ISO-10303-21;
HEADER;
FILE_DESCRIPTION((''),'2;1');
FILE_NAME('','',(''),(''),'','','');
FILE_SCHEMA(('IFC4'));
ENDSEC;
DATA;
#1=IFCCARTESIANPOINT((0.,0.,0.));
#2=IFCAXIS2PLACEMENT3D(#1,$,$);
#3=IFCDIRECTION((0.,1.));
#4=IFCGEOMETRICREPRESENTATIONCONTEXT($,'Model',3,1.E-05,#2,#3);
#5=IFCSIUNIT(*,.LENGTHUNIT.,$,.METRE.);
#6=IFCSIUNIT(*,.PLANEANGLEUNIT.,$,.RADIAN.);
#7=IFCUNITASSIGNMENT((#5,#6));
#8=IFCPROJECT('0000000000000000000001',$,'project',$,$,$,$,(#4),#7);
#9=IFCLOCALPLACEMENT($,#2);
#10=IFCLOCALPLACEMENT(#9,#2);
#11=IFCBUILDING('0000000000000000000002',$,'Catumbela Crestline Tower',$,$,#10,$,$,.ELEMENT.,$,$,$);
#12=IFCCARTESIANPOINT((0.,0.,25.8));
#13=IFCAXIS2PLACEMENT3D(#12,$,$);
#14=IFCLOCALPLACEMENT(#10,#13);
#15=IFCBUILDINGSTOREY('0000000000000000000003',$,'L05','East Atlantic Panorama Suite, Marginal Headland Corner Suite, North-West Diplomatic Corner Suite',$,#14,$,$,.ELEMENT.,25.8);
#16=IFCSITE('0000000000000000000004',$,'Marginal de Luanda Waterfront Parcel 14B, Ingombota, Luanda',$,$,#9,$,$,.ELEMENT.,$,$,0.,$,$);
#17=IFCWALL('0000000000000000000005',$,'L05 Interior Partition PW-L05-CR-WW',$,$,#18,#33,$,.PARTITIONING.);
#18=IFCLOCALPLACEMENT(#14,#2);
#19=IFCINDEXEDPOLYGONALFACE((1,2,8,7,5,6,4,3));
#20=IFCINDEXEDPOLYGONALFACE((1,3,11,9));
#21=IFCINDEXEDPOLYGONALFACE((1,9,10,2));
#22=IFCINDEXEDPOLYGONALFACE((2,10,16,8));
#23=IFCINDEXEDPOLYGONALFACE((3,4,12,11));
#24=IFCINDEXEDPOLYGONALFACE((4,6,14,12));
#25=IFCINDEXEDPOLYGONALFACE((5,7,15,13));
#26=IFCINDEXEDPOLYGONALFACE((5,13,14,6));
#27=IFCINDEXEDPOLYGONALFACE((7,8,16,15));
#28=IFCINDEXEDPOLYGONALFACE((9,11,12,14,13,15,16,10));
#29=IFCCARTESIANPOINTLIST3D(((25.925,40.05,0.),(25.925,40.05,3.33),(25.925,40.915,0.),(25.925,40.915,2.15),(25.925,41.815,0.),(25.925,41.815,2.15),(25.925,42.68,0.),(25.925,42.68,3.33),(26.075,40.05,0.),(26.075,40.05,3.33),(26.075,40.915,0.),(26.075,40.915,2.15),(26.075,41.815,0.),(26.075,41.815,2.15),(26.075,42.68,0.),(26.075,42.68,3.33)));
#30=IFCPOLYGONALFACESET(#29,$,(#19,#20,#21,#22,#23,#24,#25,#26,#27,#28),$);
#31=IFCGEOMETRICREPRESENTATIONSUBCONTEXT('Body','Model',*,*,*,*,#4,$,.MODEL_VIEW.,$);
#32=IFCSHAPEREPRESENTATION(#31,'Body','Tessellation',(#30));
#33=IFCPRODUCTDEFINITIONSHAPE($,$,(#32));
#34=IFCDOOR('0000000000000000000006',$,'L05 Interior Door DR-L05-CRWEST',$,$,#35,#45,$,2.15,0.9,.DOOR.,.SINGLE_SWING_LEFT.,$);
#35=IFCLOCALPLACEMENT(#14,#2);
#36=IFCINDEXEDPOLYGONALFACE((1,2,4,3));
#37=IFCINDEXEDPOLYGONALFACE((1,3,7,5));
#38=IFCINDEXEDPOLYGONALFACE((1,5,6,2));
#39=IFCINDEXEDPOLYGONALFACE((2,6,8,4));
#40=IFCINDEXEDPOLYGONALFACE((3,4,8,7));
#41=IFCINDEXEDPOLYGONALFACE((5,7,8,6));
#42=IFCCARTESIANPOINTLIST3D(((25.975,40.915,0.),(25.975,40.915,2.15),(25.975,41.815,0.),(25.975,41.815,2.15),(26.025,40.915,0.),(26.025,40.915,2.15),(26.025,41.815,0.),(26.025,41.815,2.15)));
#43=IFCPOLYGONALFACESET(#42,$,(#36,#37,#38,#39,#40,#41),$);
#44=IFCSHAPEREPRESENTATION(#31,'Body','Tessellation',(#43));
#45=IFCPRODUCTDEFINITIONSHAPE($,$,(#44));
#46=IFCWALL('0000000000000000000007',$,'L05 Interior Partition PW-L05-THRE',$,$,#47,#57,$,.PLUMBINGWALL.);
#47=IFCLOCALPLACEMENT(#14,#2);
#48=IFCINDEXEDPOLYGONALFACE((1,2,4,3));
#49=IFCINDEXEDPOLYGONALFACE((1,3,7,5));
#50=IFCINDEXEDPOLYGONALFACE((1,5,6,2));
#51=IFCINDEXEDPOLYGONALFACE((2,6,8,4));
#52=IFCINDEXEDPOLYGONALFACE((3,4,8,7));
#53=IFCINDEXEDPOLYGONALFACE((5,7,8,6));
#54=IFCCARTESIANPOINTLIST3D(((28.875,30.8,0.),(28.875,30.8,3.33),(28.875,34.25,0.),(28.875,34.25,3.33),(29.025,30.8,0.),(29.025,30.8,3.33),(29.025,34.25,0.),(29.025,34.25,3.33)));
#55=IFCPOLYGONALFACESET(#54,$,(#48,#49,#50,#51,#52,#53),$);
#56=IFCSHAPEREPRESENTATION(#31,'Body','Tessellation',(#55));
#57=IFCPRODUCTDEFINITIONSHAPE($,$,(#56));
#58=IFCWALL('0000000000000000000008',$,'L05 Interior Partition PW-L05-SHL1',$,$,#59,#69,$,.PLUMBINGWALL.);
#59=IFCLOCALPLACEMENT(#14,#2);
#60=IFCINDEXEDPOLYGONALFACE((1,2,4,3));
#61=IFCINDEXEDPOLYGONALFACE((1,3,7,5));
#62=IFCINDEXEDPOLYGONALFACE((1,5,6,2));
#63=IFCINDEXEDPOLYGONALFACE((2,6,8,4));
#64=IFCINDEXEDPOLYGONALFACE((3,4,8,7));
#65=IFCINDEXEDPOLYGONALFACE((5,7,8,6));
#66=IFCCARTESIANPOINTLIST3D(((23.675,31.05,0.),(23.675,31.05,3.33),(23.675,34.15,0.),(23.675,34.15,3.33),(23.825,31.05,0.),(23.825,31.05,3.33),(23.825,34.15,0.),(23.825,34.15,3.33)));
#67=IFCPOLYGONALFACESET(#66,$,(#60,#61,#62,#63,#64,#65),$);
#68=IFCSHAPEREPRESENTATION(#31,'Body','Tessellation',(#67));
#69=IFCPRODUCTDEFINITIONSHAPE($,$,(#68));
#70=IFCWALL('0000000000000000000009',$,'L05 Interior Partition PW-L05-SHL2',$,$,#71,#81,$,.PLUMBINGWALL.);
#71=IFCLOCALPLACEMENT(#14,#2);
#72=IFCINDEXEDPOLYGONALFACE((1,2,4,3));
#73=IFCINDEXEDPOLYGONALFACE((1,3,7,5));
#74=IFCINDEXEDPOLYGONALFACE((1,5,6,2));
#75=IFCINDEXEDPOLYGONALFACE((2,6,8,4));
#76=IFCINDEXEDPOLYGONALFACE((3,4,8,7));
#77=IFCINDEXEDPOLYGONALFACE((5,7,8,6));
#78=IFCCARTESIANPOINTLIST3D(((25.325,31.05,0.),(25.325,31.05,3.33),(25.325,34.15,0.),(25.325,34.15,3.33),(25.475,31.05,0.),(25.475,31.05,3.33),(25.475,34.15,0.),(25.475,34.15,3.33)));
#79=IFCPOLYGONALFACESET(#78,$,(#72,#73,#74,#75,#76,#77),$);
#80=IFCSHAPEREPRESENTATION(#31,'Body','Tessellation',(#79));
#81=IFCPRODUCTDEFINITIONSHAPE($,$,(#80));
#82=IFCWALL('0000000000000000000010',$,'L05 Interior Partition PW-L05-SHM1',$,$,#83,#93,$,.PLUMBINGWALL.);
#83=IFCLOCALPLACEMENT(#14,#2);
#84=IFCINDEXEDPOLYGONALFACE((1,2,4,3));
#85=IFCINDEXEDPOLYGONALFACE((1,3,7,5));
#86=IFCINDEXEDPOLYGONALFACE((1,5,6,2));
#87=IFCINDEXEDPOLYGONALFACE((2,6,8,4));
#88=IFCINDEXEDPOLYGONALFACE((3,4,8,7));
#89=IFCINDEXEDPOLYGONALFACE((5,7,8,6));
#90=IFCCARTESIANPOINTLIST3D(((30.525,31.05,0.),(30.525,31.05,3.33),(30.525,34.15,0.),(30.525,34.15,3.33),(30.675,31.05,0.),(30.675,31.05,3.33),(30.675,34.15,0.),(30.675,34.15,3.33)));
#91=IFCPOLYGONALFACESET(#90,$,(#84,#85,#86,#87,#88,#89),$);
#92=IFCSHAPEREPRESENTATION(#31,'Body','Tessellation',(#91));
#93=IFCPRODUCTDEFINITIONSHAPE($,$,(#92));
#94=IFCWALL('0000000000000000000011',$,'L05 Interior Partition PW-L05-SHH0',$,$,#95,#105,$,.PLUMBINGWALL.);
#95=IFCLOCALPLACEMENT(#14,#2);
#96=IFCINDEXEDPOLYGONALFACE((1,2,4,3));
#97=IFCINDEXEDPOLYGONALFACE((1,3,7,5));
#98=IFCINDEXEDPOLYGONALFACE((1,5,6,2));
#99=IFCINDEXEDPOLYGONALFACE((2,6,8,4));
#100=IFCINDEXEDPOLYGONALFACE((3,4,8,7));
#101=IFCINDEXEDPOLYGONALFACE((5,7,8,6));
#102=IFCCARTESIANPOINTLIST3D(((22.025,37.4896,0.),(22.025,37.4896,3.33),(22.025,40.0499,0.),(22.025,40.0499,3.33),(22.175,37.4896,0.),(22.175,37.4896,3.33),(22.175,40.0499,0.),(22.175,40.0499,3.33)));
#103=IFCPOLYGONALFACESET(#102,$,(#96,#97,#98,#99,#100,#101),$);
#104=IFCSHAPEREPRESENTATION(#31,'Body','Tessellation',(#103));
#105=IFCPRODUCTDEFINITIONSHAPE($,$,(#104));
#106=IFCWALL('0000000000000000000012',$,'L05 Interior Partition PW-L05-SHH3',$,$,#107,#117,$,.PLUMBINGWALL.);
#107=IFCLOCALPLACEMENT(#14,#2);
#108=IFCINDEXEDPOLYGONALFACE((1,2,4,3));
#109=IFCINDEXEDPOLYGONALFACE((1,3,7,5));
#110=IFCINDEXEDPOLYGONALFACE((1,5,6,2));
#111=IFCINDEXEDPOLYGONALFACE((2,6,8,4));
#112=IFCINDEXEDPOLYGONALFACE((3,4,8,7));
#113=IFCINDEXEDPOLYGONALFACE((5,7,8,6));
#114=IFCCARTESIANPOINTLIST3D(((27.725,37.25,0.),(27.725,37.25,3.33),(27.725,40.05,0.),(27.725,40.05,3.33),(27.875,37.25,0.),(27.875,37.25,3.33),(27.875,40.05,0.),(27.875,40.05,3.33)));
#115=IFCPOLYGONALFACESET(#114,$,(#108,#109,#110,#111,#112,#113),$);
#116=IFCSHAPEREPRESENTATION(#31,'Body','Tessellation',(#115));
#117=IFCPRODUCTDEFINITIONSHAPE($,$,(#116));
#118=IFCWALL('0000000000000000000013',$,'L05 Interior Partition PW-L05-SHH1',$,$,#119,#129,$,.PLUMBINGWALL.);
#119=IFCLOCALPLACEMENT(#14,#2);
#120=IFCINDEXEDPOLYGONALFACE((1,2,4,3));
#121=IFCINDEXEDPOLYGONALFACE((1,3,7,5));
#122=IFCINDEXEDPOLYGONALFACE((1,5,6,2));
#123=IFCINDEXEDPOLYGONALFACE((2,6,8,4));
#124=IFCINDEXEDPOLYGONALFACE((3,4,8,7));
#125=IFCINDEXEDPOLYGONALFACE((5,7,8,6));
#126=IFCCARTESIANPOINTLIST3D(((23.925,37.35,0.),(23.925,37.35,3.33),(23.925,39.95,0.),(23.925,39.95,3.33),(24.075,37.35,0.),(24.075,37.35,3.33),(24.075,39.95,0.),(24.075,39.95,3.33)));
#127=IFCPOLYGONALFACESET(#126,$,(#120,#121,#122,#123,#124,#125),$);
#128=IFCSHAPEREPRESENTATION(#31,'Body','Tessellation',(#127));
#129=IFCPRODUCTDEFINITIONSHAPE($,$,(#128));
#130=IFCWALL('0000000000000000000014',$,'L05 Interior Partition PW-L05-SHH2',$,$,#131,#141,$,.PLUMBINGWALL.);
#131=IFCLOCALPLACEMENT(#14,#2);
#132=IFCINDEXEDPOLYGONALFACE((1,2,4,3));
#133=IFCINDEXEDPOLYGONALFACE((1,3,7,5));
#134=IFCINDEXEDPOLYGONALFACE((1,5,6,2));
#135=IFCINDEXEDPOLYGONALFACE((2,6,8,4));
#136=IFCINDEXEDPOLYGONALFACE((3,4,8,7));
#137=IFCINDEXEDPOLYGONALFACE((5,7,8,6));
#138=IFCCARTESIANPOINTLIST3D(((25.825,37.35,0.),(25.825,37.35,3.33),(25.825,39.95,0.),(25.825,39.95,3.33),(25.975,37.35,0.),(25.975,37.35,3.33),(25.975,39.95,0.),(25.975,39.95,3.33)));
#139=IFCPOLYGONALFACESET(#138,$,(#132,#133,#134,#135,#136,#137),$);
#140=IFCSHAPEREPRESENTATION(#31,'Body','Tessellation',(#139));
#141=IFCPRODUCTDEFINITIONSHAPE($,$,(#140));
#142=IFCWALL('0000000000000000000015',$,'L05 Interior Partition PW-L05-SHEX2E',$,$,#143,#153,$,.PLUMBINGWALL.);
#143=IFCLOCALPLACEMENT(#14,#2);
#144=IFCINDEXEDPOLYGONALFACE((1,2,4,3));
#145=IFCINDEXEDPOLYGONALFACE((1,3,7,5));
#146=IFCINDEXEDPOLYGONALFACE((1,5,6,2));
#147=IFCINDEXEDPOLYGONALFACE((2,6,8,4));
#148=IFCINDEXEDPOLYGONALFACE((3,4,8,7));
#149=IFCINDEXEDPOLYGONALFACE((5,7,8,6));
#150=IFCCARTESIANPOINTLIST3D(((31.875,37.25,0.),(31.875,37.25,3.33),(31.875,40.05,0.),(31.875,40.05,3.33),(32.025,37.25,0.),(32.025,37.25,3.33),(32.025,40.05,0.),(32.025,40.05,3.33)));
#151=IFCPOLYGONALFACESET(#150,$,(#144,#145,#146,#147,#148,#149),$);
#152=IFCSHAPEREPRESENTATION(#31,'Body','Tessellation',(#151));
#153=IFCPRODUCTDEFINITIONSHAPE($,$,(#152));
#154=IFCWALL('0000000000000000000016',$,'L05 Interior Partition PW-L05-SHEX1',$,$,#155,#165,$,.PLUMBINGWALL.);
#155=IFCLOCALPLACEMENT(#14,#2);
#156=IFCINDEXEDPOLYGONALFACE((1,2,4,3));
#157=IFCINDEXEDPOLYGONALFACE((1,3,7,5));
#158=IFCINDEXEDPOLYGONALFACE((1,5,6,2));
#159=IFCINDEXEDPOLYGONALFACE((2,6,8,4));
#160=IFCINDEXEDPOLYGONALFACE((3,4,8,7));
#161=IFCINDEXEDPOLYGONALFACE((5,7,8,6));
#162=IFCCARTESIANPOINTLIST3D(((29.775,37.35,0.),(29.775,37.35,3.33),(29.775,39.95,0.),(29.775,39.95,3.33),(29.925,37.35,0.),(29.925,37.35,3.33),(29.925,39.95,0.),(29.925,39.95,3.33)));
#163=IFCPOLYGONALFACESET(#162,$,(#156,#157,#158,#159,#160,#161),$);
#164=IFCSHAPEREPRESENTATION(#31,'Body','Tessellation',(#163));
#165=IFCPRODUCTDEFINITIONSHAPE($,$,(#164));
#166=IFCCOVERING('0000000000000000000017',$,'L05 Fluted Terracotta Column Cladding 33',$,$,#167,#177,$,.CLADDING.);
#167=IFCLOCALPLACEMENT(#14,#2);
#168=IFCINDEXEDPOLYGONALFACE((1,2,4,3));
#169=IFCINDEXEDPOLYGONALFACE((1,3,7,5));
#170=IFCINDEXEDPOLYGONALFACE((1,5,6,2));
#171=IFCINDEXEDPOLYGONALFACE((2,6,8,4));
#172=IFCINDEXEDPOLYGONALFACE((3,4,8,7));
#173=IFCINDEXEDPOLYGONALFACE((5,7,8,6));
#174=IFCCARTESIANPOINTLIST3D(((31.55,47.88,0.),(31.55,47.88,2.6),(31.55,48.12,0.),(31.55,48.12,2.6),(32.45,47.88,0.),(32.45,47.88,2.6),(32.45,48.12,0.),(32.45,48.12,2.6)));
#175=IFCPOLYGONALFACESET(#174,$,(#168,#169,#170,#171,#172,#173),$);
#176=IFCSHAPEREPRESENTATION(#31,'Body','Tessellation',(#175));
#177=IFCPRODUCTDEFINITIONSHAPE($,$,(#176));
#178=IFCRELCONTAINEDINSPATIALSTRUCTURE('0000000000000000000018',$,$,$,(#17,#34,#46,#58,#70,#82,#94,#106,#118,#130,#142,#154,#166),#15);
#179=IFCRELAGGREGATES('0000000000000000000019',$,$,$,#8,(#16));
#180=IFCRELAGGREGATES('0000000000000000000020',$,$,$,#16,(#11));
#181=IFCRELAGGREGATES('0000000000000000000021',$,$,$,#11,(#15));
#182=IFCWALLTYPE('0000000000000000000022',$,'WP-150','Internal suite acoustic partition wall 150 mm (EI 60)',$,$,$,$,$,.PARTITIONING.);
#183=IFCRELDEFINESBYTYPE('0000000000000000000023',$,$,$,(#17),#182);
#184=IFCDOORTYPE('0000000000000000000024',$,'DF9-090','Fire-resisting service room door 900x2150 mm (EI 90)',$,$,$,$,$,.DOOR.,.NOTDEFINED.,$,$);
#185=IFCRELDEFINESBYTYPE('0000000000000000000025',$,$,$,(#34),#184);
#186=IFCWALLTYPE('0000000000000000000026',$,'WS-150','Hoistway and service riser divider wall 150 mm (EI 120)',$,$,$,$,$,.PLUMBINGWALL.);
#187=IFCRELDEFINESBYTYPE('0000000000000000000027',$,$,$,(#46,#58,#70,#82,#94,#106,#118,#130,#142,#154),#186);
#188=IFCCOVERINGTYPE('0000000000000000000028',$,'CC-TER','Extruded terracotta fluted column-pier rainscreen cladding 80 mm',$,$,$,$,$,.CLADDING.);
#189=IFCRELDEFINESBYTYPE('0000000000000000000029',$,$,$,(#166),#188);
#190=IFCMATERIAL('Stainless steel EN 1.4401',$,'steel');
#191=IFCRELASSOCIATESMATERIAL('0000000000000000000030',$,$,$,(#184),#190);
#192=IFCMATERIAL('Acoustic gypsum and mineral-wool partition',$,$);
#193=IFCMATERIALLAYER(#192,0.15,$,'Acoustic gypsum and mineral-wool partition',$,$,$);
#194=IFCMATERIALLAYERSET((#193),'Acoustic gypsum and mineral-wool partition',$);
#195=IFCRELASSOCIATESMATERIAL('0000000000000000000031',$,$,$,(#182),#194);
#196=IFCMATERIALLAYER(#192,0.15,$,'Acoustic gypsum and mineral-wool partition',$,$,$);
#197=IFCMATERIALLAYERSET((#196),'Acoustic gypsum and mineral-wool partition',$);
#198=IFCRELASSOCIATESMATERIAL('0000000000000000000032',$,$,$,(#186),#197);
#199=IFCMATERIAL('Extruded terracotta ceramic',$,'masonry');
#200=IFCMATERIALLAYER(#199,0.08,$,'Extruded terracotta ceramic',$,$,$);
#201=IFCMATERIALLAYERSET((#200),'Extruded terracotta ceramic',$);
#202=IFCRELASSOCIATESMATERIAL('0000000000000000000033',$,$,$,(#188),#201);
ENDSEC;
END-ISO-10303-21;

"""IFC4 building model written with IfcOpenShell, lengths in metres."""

from ifc_helpers import new_model, si_unit, direction, frame, frame_2d, origin, origin_2d, place, context, subcontext, project, spatial, rectangle, extrude, material, layer, layer_set, type_object, element, fill, save


model = new_model("IFC4")

# Units and contexts
model_context = context("Model", 3, precision=1e-05, world=origin(), true_north=direction((0.0, 1.0)))
body_context = subcontext(model_context, "Body", "Model", "MODEL_VIEW")
ifc_project = project(units=[si_unit("LENGTHUNIT", "METRE"), si_unit("PLANEANGLEUNIT", "RADIAN")], contexts=[model_context])

# Site, building, storey
site_placement = place(None, origin())
site = spatial("IfcSite", under=ifc_project, at=site_placement, Name="Marginal de Luanda Waterfront Parcel 14B, Ingombota, Luanda", CompositionType="ELEMENT", RefElevation=0.0)
building_placement = place(site_placement, origin())
building = spatial("IfcBuilding", under=site, at=building_placement, Name="Catumbela Crestline Tower", CompositionType="ELEMENT")
storey_placement = place(building_placement, frame((0.0, 0.0, 25.8)))
storey = spatial("IfcBuildingStorey", under=building, at=storey_placement, Name="L05", Description="East Atlantic Panorama Suite, Marginal Headland Corner Suite, North-West Diplomatic Corner Suite", CompositionType="ELEMENT", Elevation=25.8)

# Shared definitions
ifc_material_1 = material(Name="Stainless steel EN 1.4401", Category="steel")

# Shared definitions
door_type_1 = type_object("IfcDoorType", Name="DF9-090", Description="Fire-resisting service room door 900x2150 mm (EI 90)", OperationType="NOTDEFINED", PredefinedType="DOOR", material=ifc_material_1)

# Wall, opening, door
ifc_material_2 = material(Name="Acoustic gypsum and mineral-wool partition")
ifc_layer_1 = layer(ifc_material_2, 0.15, Name="Acoustic gypsum and mineral-wool partition")
ifc_layer_set_1 = layer_set([ifc_layer_1], Name="Acoustic gypsum and mineral-wool partition")
wall_type_1 = type_object("IfcWallType", Name="WP-150", Description="Internal suite acoustic partition wall 150 mm (EI 60)", PredefinedType="PARTITIONING", material=ifc_layer_set_1)
wall_1_placement = place(storey_placement, frame((26.0, 40.05, 0.0), z_axis=(0.0, 0.0, 1.0), x_axis=(0.0, 1.0, 0.0)))
wall_1 = element("IfcWall", 1, at=wall_1_placement, inside=storey, type_object=wall_type_1, Name="L05 Interior Partition PW-L05-CR-WW", PredefinedType="PARTITIONING", context=body_context, shape_type="SweptSolid", body=[
    extrude(rectangle(XDim=2.63, YDim=0.15, at=frame_2d((1.315, 0.0))), origin(), (0.0, 0.0, 1.0), 3.33),
])
opening_1_placement = place(wall_1_placement, frame((0.865, 0.0, 0.0)))
opening_1 = element("IfcOpeningElement", 2, at=opening_1_placement, cuts=wall_1, PredefinedType="OPENING", context=body_context, shape_type="SweptSolid", body=[
    extrude(rectangle(XDim=0.9, YDim=2.15, at=frame_2d((0.45, 1.075))), frame((0.0, 0.085, 0.0), z_axis=(0.0, -1.0, 0.0), x_axis=(1.0, 0.0, 0.0)), (0.0, 0.0, 1.0), 0.17),
])
door_1_placement = place(opening_1_placement, origin())
door_1 = element("IfcDoor", 3, at=door_1_placement, inside=storey, type_object=door_type_1, Name="L05 Interior Door DR-L05-CRWEST", OperationType="SINGLE_SWING_LEFT", OverallHeight=2.15, OverallWidth=0.9, PredefinedType="DOOR", context=body_context, shape_type="SweptSolid", body=[
    extrude(rectangle(XDim=0.9, YDim=2.15, at=frame_2d((0.45, 1.075))), frame((0.0, 0.025, 0.0), z_axis=(0.0, -1.0, 0.0), x_axis=(1.0, 0.0, 0.0)), (0.0, 0.0, 1.0), 0.05),
])
fill(opening_1, door_1)

# Walls
ifc_layer_2 = layer(ifc_material_2, 0.15, Name="Acoustic gypsum and mineral-wool partition")
ifc_layer_set_2 = layer_set([ifc_layer_2], Name="Acoustic gypsum and mineral-wool partition")
wall_type_2 = type_object("IfcWallType", Name="WS-150", Description="Hoistway and service riser divider wall 150 mm (EI 120)", PredefinedType="PLUMBINGWALL", material=ifc_layer_set_2)
wall_2_placement = place(storey_placement, frame((28.95, 30.8, 0.0), z_axis=(0.0, 0.0, 1.0), x_axis=(0.0, 1.0, 0.0)))
element("IfcWall", 4, at=wall_2_placement, inside=storey, type_object=wall_type_2, Name="L05 Interior Partition PW-L05-THRE", PredefinedType="PLUMBINGWALL", context=body_context, shape_type="SweptSolid", body=[
    extrude(rectangle(XDim=3.45, YDim=0.15, at=frame_2d((1.725, 0.0))), origin(), (0.0, 0.0, 1.0), 3.33),
])
for number, where, z_axis, x_axis, name in (
    (5, (23.75, 31.05, 0.0), (0.0, 0.0, 1.0), (0.0, 1.0, 0.0), "L05 Interior Partition PW-L05-SHL1"),
    (6, (25.4, 31.05, 0.0), (0.0, 0.0, 1.0), (0.0, 1.0, 0.0), "L05 Interior Partition PW-L05-SHL2"),
    (7, (30.6, 31.05, 0.0), (0.0, 0.0, 1.0), (0.0, 1.0, 0.0), "L05 Interior Partition PW-L05-SHM1"),
):
    element("IfcWall", number, at=place(storey_placement, frame(where, z_axis=z_axis, x_axis=x_axis)), inside=storey, type_object=wall_type_2, Name=name, PredefinedType="PLUMBINGWALL", context=body_context, shape_type="SweptSolid", body=[
        extrude(rectangle(XDim=3.1, YDim=0.15, at=frame_2d((1.55, 0.0))), origin(), (0.0, 0.0, 1.0), 3.33),
    ])
wall_3_placement = place(storey_placement, frame((22.1, 37.4897, 0.0), z_axis=(0.0, 0.0, 1.0), x_axis=(0.0, 1.0, 0.0)))
element("IfcWall", 8, at=wall_3_placement, inside=storey, type_object=wall_type_2, Name="L05 Interior Partition PW-L05-SHH0", PredefinedType="PLUMBINGWALL", context=body_context, shape_type="SweptSolid", body=[
    extrude(rectangle(XDim=2.5603, YDim=0.15, at=frame_2d((1.2801, 0.0))), origin(), (0.0, 0.0, 1.0), 3.33),
])
wall_4_placement = place(storey_placement, frame((27.8, 37.25, 0.0), z_axis=(0.0, 0.0, 1.0), x_axis=(0.0, 1.0, 0.0)))
element("IfcWall", 9, at=wall_4_placement, inside=storey, type_object=wall_type_2, Name="L05 Interior Partition PW-L05-SHH3", PredefinedType="PLUMBINGWALL", context=body_context, shape_type="SweptSolid", body=[
    extrude(rectangle(XDim=2.8, YDim=0.15, at=frame_2d((1.4, 0.0))), origin(), (0.0, 0.0, 1.0), 3.33),
])
for number, where, z_axis, x_axis, name in (
    (10, (24.0, 37.35, 0.0), (0.0, 0.0, 1.0), (0.0, 1.0, 0.0), "L05 Interior Partition PW-L05-SHH1"),
    (11, (25.9, 37.35, 0.0), (0.0, 0.0, 1.0), (0.0, 1.0, 0.0), "L05 Interior Partition PW-L05-SHH2"),
):
    element("IfcWall", number, at=place(storey_placement, frame(where, z_axis=z_axis, x_axis=x_axis)), inside=storey, type_object=wall_type_2, Name=name, PredefinedType="PLUMBINGWALL", context=body_context, shape_type="SweptSolid", body=[
        extrude(rectangle(XDim=2.6, YDim=0.15, at=frame_2d((1.3, 0.0))), origin(), (0.0, 0.0, 1.0), 3.33),
    ])
wall_5_placement = place(storey_placement, frame((31.95, 37.25, 0.0), z_axis=(0.0, 0.0, 1.0), x_axis=(0.0, 1.0, 0.0)))
element("IfcWall", 12, at=wall_5_placement, inside=storey, type_object=wall_type_2, Name="L05 Interior Partition PW-L05-SHEX2E", PredefinedType="PLUMBINGWALL", context=body_context, shape_type="SweptSolid", body=[
    extrude(rectangle(XDim=2.8, YDim=0.15, at=frame_2d((1.4, 0.0))), origin(), (0.0, 0.0, 1.0), 3.33),
])
wall_6_placement = place(storey_placement, frame((29.85, 37.35, 0.0), z_axis=(0.0, 0.0, 1.0), x_axis=(0.0, 1.0, 0.0)))
element("IfcWall", 13, at=wall_6_placement, inside=storey, type_object=wall_type_2, Name="L05 Interior Partition PW-L05-SHEX1", PredefinedType="PLUMBINGWALL", context=body_context, shape_type="SweptSolid", body=[
    extrude(rectangle(XDim=2.6, YDim=0.15, at=frame_2d((1.3, 0.0))), origin(), (0.0, 0.0, 1.0), 3.33),
])

# Covering
ifc_material_3 = material(Name="Extruded terracotta ceramic", Category="masonry")
ifc_layer_3 = layer(ifc_material_3, 0.08, Name="Extruded terracotta ceramic")
ifc_layer_set_3 = layer_set([ifc_layer_3], Name="Extruded terracotta ceramic")
covering_type = type_object("IfcCoveringType", Name="CC-TER", Description="Extruded terracotta fluted column-pier rainscreen cladding 80 mm", PredefinedType="CLADDING", material=ifc_layer_set_3)
covering_placement = place(storey_placement, frame((32.0, 48.0, 0.0), z_axis=(0.0, 0.0, 1.0), x_axis=(-1.0, 0.0, 0.0)))
element("IfcCovering", 14, at=covering_placement, inside=storey, type_object=covering_type, Name="L05 Fluted Terracotta Column Cladding 33", PredefinedType="CLADDING", context=body_context, shape_type="SweptSolid", body=[
    extrude(rectangle(XDim=0.9, YDim=0.24, at=origin_2d()), origin(), (0.0, 0.0, 1.0), 2.6),
])

save(model, "model.ifc")
